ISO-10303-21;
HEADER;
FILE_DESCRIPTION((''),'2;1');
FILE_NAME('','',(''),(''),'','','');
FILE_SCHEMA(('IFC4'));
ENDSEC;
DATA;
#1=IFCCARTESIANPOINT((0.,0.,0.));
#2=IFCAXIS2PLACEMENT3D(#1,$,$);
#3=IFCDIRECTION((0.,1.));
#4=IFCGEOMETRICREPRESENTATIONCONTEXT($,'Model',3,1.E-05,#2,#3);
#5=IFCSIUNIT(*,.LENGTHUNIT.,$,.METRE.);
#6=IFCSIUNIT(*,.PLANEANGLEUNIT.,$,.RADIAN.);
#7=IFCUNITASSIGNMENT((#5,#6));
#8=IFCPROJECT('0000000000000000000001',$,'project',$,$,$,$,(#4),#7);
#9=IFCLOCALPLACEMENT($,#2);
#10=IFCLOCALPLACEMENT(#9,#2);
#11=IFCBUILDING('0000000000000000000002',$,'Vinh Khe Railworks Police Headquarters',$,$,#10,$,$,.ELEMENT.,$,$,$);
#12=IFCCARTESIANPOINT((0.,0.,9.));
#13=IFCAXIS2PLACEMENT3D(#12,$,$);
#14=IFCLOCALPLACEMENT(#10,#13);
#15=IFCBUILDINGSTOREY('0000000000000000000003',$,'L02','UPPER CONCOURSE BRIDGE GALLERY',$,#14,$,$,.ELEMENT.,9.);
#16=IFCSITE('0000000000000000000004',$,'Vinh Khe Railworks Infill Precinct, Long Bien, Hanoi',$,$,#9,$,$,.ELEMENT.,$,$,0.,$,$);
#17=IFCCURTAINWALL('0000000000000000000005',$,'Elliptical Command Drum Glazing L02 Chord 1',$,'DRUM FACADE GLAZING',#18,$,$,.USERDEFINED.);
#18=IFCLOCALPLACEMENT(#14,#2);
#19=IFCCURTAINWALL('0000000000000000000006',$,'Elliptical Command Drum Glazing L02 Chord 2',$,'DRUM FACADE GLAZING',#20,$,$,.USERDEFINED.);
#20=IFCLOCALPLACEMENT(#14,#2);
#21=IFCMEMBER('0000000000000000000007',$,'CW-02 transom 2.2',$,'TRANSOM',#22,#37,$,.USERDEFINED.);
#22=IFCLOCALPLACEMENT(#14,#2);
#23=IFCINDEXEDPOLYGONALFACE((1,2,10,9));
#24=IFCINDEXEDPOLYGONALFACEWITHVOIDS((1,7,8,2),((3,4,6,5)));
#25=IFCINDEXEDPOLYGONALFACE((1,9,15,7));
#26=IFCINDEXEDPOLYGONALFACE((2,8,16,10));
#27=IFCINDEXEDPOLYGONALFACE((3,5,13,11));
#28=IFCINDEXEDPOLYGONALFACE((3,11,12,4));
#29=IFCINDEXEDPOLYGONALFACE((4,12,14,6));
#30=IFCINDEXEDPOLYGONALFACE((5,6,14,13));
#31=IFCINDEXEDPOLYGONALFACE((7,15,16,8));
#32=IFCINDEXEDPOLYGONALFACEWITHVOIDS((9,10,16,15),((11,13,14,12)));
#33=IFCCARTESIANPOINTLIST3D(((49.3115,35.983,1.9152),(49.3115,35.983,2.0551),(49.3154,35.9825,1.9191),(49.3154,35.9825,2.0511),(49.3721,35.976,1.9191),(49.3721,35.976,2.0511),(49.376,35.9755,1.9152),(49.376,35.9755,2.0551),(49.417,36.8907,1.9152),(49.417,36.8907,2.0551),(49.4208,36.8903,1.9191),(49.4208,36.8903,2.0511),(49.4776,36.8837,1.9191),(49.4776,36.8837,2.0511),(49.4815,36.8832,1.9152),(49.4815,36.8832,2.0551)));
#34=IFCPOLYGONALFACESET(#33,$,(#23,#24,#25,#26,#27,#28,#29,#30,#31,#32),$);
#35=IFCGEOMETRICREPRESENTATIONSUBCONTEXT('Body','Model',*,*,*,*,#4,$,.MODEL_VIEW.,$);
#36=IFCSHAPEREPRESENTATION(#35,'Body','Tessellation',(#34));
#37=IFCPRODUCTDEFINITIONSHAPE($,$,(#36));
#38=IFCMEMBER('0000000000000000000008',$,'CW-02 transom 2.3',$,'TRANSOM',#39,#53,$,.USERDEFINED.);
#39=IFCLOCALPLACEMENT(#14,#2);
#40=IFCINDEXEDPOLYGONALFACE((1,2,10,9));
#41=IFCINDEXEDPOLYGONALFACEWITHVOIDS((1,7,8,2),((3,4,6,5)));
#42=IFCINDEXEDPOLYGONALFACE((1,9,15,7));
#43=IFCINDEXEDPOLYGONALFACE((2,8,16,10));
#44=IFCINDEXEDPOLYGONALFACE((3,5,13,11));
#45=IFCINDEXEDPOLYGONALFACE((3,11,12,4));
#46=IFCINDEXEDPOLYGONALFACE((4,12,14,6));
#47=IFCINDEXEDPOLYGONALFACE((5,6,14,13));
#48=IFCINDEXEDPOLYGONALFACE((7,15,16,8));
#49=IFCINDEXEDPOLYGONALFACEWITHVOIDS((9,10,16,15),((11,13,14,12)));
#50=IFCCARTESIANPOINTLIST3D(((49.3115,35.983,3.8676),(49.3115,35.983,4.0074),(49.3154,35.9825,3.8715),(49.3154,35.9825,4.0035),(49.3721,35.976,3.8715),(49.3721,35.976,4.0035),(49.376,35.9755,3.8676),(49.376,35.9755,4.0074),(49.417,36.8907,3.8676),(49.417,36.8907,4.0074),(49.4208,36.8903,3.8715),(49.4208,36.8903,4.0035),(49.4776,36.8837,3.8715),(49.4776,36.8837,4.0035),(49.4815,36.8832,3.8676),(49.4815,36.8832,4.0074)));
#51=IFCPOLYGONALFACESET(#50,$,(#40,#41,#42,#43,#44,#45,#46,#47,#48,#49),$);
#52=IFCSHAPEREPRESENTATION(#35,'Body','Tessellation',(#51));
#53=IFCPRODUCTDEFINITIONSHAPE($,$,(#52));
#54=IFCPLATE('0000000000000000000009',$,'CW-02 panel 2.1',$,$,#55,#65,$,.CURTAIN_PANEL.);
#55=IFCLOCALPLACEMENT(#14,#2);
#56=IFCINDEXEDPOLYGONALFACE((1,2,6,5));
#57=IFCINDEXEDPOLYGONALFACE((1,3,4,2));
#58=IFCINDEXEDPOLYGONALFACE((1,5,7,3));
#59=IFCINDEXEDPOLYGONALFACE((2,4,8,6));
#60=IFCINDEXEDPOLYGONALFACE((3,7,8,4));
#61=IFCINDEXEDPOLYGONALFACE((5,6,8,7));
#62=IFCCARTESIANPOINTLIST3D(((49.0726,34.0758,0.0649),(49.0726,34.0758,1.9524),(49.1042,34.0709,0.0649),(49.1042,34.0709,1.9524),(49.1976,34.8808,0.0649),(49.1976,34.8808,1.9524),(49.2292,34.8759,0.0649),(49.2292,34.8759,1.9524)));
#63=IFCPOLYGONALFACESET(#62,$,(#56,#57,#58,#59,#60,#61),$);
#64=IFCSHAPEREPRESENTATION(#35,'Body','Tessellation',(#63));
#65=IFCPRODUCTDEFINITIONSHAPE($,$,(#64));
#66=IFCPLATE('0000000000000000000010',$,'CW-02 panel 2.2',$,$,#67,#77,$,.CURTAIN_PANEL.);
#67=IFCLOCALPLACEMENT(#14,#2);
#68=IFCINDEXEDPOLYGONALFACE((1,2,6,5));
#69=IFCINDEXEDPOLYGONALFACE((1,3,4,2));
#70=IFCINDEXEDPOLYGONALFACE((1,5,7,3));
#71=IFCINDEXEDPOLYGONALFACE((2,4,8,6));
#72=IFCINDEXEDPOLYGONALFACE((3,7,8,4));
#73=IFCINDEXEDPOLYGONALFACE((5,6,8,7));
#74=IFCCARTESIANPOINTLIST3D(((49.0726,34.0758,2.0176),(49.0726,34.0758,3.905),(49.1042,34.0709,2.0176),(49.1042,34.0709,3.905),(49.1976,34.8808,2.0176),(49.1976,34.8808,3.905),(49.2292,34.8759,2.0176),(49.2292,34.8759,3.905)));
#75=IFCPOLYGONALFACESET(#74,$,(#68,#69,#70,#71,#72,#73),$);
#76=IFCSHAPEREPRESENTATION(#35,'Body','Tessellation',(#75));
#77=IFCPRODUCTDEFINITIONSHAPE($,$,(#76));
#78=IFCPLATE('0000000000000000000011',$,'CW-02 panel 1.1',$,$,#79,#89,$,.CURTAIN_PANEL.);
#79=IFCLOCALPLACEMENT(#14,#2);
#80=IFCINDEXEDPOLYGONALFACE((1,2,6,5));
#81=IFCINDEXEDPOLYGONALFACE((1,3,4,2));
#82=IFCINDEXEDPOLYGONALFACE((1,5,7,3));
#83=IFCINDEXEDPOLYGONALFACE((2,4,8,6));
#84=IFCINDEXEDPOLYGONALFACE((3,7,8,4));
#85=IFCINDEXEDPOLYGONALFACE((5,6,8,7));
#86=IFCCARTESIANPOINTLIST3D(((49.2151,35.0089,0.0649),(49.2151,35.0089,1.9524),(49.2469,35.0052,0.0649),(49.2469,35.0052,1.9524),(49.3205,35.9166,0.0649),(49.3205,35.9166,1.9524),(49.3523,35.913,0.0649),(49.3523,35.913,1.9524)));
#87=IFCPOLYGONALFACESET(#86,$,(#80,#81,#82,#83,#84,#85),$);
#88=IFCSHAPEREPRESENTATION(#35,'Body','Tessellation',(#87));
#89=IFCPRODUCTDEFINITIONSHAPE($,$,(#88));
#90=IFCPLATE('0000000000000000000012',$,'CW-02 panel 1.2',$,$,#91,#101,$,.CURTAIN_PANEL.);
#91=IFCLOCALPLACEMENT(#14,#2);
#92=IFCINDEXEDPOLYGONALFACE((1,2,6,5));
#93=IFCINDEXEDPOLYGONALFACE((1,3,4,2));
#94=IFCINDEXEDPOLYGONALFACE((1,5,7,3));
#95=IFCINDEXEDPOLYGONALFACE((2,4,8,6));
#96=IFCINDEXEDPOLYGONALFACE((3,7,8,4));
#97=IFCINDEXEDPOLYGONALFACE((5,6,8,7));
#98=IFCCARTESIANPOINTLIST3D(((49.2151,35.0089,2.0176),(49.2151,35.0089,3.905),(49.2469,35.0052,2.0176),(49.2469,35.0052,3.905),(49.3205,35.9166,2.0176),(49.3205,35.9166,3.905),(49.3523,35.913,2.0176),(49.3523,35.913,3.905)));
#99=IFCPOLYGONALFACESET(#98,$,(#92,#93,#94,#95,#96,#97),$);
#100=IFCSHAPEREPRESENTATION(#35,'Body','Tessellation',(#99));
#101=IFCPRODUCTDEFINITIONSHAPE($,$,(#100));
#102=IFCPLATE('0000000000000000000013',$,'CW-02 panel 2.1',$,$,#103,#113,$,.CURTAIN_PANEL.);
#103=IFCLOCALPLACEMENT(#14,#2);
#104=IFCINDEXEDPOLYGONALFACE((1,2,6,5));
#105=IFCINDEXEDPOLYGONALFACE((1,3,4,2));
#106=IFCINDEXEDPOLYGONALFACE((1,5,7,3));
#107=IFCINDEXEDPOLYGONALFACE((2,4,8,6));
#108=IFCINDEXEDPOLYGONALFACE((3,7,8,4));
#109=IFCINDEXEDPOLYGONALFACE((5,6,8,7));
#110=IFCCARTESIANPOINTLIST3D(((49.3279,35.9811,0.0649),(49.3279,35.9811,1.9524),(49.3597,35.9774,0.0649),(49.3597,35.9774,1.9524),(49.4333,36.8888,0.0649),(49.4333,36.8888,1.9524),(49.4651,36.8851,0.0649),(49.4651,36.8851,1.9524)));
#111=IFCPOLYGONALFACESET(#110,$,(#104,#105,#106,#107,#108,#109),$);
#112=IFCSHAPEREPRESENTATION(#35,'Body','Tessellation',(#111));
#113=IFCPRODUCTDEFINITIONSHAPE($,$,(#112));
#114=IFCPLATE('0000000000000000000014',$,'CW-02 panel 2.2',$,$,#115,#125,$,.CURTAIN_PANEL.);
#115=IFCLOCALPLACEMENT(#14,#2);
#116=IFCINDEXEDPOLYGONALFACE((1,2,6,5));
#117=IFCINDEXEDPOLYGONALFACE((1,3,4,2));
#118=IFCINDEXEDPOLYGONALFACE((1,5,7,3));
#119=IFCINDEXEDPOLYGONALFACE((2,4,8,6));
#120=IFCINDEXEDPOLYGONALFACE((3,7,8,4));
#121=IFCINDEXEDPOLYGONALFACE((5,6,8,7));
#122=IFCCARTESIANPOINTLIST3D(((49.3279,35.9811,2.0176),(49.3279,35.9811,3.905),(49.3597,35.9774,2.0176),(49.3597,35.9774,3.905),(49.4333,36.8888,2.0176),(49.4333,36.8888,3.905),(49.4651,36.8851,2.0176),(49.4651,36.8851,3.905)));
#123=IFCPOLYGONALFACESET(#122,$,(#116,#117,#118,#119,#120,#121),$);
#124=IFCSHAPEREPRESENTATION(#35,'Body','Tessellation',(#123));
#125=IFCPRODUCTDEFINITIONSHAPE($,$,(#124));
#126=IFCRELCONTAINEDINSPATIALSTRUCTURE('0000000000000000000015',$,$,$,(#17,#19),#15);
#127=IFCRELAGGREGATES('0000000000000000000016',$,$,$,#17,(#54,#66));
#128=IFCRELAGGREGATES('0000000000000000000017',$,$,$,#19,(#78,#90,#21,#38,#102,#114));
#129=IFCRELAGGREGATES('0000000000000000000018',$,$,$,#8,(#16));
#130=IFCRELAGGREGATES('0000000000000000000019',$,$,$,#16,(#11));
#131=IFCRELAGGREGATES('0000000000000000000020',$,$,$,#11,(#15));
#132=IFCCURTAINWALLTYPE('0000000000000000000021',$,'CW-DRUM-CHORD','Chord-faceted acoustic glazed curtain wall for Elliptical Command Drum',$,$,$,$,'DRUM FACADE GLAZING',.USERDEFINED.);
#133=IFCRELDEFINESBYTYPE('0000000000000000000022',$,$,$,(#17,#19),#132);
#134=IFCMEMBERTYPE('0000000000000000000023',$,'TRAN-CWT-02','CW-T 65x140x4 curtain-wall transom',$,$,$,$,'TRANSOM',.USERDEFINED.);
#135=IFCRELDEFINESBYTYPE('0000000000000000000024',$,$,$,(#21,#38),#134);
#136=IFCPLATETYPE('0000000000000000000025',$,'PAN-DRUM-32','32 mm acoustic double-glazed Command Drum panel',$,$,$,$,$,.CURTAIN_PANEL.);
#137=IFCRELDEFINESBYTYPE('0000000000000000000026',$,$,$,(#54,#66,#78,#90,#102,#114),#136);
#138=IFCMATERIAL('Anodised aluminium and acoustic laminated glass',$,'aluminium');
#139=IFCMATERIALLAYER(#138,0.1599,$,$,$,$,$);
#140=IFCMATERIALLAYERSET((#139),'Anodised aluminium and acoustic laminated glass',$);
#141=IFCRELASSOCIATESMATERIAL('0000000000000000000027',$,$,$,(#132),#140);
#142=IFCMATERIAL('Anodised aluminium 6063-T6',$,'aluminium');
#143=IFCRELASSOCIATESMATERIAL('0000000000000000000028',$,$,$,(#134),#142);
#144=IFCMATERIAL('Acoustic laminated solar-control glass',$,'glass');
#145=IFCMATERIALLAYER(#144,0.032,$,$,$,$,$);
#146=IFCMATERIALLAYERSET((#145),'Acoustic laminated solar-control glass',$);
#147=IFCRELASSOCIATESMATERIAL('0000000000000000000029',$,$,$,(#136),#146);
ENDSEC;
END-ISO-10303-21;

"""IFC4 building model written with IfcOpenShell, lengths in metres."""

from ifc_helpers import new_model, si_unit, direction, frame, origin, origin_2d, place, context, subcontext, project, spatial, rectangle, hollow_rectangle, extrude, material, layer, layer_set, material_profile, profile_set, type_object, element, aggregate, save


model = new_model("IFC4")

# Units and contexts
model_context = context("Model", 3, precision=1e-05, world=origin(), true_north=direction((0.0, 1.0)))
body_context = subcontext(model_context, "Body", "Model", "MODEL_VIEW")
ifc_project = project(units=[si_unit("LENGTHUNIT", "METRE"), si_unit("PLANEANGLEUNIT", "RADIAN")], contexts=[model_context])

# Site, building, storey
site_placement = place(None, origin())
site = spatial("IfcSite", under=ifc_project, at=site_placement, Name="Vinh Khe Railworks Infill Precinct, Long Bien, Hanoi", CompositionType="ELEMENT", RefElevation=0.0)
building_placement = place(site_placement, origin())
building = spatial("IfcBuilding", under=site, at=building_placement, Name="Vinh Khe Railworks Police Headquarters", CompositionType="ELEMENT")
storey_placement = place(building_placement, frame((0.0, 0.0, 9.0)))
storey = spatial("IfcBuildingStorey", under=building, at=storey_placement, Name="L02", Description="UPPER CONCOURSE BRIDGE GALLERY", CompositionType="ELEMENT", Elevation=9.0)

# Curtain walls
ifc_material_1 = material(Name="Anodised aluminium and acoustic laminated glass", Category="aluminium")
ifc_layer_1 = layer(ifc_material_1, 0.1599)
ifc_layer_set_1 = layer_set([ifc_layer_1], Name="Anodised aluminium and acoustic laminated glass")
curtain_wall_type = type_object("IfcCurtainWallType", Name="CW-DRUM-CHORD", Description="Chord-faceted acoustic glazed curtain wall for Elliptical Command Drum", ElementType="DRUM FACADE GLAZING", PredefinedType="USERDEFINED", material=ifc_layer_set_1)
curtain_wall_1_placement = place(storey_placement, origin())
curtain_wall_1 = element("IfcCurtainWall", 1, at=curtain_wall_1_placement, inside=storey, type_object=curtain_wall_type, Name="Elliptical Command Drum Glazing L02 Chord 1", ObjectType="DRUM FACADE GLAZING", PredefinedType="USERDEFINED")
ifc_material_2 = material(Name="Anodised aluminium 6063-T6", Category="aluminium")
curtain_wall_2_placement = place(storey_placement, origin())
curtain_wall_2 = element("IfcCurtainWall", 2, at=curtain_wall_2_placement, inside=storey, type_object=curtain_wall_type, Name="Elliptical Command Drum Glazing L02 Chord 2", ObjectType="DRUM FACADE GLAZING", PredefinedType="USERDEFINED")

# Members
ifc_material_profile_1 = material_profile(ifc_material_2, hollow_rectangle(XDim=0.0649, YDim=0.1399, WallThickness=0.0039, at=origin_2d()), Name="CW-T 65x140x4")
ifc_profile_set_1 = profile_set([ifc_material_profile_1], Name="Anodised aluminium 6063-T6")
member_type_1 = type_object("IfcMemberType", Name="TRAN-CWT-02", Description="CW-T 65x140x4 curtain-wall transom", ElementType="TRANSOM", PredefinedType="USERDEFINED", material=ifc_profile_set_1)
member_1_placement = place(storey_placement, frame((49.3438, 35.9792, 1.9851), z_axis=(0.115415, 0.993317, 0.0), x_axis=(-0.993317, 0.115415, 0.0)))
member_1 = element("IfcMember", 3, at=member_1_placement, type_object=member_type_1, Name="CW-02 transom 2.2", ObjectType="TRANSOM", PredefinedType="USERDEFINED", context=body_context, shape_type="SweptSolid", body=[
    extrude(hollow_rectangle(XDim=0.0649, YDim=0.1399, WallThickness=0.0039, at=origin_2d()), origin(), (0.0, 0.0, 1.0), 0.9138),
])
member_2_placement = place(storey_placement, frame((49.3438, 35.9792, 3.9375), z_axis=(0.115415, 0.993317, 0.0), x_axis=(-0.993317, 0.115415, 0.0)))
member_2 = element("IfcMember", 4, at=member_2_placement, type_object=member_type_1, Name="CW-02 transom 2.3", ObjectType="TRANSOM", PredefinedType="USERDEFINED", context=body_context, shape_type="SweptSolid", body=[
    extrude(hollow_rectangle(XDim=0.0649, YDim=0.1399, WallThickness=0.0039, at=origin_2d()), origin(), (0.0, 0.0, 1.0), 0.9138),
])

# Plates
ifc_material_3 = material(Name="Acoustic laminated solar-control glass", Category="glass")
ifc_layer_2 = layer(ifc_material_3, 0.032)
ifc_layer_set_2 = layer_set([ifc_layer_2], Name="Acoustic laminated solar-control glass")
plate_type = type_object("IfcPlateType", Name="PAN-DRUM-32", Description="32 mm acoustic double-glazed Command Drum panel", PredefinedType="CURTAIN_PANEL", material=ifc_layer_set_2)
plate_1_placement = place(storey_placement, frame((49.1509, 34.4758, 0.0649), z_axis=(0.0, 0.0, 1.0), x_axis=(0.15349, 0.98815, 0.0)))
plate_1 = element("IfcPlate", 5, at=plate_1_placement, type_object=plate_type, Name="CW-02 panel 2.1", PredefinedType="CURTAIN_PANEL", context=body_context, shape_type="SweptSolid", body=[
    extrude(rectangle(XDim=0.8147, YDim=0.032, at=origin_2d()), origin(), (0.0, 0.0, 1.0), 1.8875),
])
plate_2_placement = place(storey_placement, frame((49.1509, 34.4758, 2.0176), z_axis=(0.0, 0.0, 1.0), x_axis=(0.15349, 0.98815, 0.0)))
plate_2 = element("IfcPlate", 6, at=plate_2_placement, type_object=plate_type, Name="CW-02 panel 2.2", PredefinedType="CURTAIN_PANEL", context=body_context, shape_type="SweptSolid", body=[
    extrude(rectangle(XDim=0.8147, YDim=0.032, at=origin_2d()), origin(), (0.0, 0.0, 1.0), 1.8875),
])
aggregate(curtain_wall_1, [plate_1, plate_2])
plate_3_placement = place(storey_placement, frame((49.2837, 35.4609, 0.0649), z_axis=(0.0, 0.0, 1.0), x_axis=(0.115318, 0.993329, 0.0)))
plate_3 = element("IfcPlate", 7, at=plate_3_placement, type_object=plate_type, Name="CW-02 panel 1.1", PredefinedType="CURTAIN_PANEL", context=body_context, shape_type="SweptSolid", body=[
    extrude(rectangle(XDim=0.9138, YDim=0.032, at=origin_2d()), origin(), (0.0, 0.0, 1.0), 1.8875),
])
plate_4_placement = place(storey_placement, frame((49.2837, 35.4609, 2.0176), z_axis=(0.0, 0.0, 1.0), x_axis=(0.115318, 0.993329, 0.0)))
plate_4 = element("IfcPlate", 8, at=plate_4_placement, type_object=plate_type, Name="CW-02 panel 1.2", PredefinedType="CURTAIN_PANEL", context=body_context, shape_type="SweptSolid", body=[
    extrude(rectangle(XDim=0.9138, YDim=0.032, at=origin_2d()), origin(), (0.0, 0.0, 1.0), 1.8875),
])
plate_5_placement = place(storey_placement, frame((49.3965, 36.4331, 0.0649), z_axis=(0.0, 0.0, 1.0), x_axis=(0.115318, 0.993329, 0.0)))
plate_5 = element("IfcPlate", 9, at=plate_5_placement, type_object=plate_type, Name="CW-02 panel 2.1", PredefinedType="CURTAIN_PANEL", context=body_context, shape_type="SweptSolid", body=[
    extrude(rectangle(XDim=0.9138, YDim=0.032, at=origin_2d()), origin(), (0.0, 0.0, 1.0), 1.8875),
])
plate_6_placement = place(storey_placement, frame((49.3965, 36.4331, 2.0176), z_axis=(0.0, 0.0, 1.0), x_axis=(0.115318, 0.993329, 0.0)))
plate_6 = element("IfcPlate", 10, at=plate_6_placement, type_object=plate_type, Name="CW-02 panel 2.2", PredefinedType="CURTAIN_PANEL", context=body_context, shape_type="SweptSolid", body=[
    extrude(rectangle(XDim=0.9138, YDim=0.032, at=origin_2d()), origin(), (0.0, 0.0, 1.0), 1.8875),
])
aggregate(curtain_wall_2, [plate_3, plate_4, member_1, member_2, plate_5, plate_6])

save(model, "model.ifc")
